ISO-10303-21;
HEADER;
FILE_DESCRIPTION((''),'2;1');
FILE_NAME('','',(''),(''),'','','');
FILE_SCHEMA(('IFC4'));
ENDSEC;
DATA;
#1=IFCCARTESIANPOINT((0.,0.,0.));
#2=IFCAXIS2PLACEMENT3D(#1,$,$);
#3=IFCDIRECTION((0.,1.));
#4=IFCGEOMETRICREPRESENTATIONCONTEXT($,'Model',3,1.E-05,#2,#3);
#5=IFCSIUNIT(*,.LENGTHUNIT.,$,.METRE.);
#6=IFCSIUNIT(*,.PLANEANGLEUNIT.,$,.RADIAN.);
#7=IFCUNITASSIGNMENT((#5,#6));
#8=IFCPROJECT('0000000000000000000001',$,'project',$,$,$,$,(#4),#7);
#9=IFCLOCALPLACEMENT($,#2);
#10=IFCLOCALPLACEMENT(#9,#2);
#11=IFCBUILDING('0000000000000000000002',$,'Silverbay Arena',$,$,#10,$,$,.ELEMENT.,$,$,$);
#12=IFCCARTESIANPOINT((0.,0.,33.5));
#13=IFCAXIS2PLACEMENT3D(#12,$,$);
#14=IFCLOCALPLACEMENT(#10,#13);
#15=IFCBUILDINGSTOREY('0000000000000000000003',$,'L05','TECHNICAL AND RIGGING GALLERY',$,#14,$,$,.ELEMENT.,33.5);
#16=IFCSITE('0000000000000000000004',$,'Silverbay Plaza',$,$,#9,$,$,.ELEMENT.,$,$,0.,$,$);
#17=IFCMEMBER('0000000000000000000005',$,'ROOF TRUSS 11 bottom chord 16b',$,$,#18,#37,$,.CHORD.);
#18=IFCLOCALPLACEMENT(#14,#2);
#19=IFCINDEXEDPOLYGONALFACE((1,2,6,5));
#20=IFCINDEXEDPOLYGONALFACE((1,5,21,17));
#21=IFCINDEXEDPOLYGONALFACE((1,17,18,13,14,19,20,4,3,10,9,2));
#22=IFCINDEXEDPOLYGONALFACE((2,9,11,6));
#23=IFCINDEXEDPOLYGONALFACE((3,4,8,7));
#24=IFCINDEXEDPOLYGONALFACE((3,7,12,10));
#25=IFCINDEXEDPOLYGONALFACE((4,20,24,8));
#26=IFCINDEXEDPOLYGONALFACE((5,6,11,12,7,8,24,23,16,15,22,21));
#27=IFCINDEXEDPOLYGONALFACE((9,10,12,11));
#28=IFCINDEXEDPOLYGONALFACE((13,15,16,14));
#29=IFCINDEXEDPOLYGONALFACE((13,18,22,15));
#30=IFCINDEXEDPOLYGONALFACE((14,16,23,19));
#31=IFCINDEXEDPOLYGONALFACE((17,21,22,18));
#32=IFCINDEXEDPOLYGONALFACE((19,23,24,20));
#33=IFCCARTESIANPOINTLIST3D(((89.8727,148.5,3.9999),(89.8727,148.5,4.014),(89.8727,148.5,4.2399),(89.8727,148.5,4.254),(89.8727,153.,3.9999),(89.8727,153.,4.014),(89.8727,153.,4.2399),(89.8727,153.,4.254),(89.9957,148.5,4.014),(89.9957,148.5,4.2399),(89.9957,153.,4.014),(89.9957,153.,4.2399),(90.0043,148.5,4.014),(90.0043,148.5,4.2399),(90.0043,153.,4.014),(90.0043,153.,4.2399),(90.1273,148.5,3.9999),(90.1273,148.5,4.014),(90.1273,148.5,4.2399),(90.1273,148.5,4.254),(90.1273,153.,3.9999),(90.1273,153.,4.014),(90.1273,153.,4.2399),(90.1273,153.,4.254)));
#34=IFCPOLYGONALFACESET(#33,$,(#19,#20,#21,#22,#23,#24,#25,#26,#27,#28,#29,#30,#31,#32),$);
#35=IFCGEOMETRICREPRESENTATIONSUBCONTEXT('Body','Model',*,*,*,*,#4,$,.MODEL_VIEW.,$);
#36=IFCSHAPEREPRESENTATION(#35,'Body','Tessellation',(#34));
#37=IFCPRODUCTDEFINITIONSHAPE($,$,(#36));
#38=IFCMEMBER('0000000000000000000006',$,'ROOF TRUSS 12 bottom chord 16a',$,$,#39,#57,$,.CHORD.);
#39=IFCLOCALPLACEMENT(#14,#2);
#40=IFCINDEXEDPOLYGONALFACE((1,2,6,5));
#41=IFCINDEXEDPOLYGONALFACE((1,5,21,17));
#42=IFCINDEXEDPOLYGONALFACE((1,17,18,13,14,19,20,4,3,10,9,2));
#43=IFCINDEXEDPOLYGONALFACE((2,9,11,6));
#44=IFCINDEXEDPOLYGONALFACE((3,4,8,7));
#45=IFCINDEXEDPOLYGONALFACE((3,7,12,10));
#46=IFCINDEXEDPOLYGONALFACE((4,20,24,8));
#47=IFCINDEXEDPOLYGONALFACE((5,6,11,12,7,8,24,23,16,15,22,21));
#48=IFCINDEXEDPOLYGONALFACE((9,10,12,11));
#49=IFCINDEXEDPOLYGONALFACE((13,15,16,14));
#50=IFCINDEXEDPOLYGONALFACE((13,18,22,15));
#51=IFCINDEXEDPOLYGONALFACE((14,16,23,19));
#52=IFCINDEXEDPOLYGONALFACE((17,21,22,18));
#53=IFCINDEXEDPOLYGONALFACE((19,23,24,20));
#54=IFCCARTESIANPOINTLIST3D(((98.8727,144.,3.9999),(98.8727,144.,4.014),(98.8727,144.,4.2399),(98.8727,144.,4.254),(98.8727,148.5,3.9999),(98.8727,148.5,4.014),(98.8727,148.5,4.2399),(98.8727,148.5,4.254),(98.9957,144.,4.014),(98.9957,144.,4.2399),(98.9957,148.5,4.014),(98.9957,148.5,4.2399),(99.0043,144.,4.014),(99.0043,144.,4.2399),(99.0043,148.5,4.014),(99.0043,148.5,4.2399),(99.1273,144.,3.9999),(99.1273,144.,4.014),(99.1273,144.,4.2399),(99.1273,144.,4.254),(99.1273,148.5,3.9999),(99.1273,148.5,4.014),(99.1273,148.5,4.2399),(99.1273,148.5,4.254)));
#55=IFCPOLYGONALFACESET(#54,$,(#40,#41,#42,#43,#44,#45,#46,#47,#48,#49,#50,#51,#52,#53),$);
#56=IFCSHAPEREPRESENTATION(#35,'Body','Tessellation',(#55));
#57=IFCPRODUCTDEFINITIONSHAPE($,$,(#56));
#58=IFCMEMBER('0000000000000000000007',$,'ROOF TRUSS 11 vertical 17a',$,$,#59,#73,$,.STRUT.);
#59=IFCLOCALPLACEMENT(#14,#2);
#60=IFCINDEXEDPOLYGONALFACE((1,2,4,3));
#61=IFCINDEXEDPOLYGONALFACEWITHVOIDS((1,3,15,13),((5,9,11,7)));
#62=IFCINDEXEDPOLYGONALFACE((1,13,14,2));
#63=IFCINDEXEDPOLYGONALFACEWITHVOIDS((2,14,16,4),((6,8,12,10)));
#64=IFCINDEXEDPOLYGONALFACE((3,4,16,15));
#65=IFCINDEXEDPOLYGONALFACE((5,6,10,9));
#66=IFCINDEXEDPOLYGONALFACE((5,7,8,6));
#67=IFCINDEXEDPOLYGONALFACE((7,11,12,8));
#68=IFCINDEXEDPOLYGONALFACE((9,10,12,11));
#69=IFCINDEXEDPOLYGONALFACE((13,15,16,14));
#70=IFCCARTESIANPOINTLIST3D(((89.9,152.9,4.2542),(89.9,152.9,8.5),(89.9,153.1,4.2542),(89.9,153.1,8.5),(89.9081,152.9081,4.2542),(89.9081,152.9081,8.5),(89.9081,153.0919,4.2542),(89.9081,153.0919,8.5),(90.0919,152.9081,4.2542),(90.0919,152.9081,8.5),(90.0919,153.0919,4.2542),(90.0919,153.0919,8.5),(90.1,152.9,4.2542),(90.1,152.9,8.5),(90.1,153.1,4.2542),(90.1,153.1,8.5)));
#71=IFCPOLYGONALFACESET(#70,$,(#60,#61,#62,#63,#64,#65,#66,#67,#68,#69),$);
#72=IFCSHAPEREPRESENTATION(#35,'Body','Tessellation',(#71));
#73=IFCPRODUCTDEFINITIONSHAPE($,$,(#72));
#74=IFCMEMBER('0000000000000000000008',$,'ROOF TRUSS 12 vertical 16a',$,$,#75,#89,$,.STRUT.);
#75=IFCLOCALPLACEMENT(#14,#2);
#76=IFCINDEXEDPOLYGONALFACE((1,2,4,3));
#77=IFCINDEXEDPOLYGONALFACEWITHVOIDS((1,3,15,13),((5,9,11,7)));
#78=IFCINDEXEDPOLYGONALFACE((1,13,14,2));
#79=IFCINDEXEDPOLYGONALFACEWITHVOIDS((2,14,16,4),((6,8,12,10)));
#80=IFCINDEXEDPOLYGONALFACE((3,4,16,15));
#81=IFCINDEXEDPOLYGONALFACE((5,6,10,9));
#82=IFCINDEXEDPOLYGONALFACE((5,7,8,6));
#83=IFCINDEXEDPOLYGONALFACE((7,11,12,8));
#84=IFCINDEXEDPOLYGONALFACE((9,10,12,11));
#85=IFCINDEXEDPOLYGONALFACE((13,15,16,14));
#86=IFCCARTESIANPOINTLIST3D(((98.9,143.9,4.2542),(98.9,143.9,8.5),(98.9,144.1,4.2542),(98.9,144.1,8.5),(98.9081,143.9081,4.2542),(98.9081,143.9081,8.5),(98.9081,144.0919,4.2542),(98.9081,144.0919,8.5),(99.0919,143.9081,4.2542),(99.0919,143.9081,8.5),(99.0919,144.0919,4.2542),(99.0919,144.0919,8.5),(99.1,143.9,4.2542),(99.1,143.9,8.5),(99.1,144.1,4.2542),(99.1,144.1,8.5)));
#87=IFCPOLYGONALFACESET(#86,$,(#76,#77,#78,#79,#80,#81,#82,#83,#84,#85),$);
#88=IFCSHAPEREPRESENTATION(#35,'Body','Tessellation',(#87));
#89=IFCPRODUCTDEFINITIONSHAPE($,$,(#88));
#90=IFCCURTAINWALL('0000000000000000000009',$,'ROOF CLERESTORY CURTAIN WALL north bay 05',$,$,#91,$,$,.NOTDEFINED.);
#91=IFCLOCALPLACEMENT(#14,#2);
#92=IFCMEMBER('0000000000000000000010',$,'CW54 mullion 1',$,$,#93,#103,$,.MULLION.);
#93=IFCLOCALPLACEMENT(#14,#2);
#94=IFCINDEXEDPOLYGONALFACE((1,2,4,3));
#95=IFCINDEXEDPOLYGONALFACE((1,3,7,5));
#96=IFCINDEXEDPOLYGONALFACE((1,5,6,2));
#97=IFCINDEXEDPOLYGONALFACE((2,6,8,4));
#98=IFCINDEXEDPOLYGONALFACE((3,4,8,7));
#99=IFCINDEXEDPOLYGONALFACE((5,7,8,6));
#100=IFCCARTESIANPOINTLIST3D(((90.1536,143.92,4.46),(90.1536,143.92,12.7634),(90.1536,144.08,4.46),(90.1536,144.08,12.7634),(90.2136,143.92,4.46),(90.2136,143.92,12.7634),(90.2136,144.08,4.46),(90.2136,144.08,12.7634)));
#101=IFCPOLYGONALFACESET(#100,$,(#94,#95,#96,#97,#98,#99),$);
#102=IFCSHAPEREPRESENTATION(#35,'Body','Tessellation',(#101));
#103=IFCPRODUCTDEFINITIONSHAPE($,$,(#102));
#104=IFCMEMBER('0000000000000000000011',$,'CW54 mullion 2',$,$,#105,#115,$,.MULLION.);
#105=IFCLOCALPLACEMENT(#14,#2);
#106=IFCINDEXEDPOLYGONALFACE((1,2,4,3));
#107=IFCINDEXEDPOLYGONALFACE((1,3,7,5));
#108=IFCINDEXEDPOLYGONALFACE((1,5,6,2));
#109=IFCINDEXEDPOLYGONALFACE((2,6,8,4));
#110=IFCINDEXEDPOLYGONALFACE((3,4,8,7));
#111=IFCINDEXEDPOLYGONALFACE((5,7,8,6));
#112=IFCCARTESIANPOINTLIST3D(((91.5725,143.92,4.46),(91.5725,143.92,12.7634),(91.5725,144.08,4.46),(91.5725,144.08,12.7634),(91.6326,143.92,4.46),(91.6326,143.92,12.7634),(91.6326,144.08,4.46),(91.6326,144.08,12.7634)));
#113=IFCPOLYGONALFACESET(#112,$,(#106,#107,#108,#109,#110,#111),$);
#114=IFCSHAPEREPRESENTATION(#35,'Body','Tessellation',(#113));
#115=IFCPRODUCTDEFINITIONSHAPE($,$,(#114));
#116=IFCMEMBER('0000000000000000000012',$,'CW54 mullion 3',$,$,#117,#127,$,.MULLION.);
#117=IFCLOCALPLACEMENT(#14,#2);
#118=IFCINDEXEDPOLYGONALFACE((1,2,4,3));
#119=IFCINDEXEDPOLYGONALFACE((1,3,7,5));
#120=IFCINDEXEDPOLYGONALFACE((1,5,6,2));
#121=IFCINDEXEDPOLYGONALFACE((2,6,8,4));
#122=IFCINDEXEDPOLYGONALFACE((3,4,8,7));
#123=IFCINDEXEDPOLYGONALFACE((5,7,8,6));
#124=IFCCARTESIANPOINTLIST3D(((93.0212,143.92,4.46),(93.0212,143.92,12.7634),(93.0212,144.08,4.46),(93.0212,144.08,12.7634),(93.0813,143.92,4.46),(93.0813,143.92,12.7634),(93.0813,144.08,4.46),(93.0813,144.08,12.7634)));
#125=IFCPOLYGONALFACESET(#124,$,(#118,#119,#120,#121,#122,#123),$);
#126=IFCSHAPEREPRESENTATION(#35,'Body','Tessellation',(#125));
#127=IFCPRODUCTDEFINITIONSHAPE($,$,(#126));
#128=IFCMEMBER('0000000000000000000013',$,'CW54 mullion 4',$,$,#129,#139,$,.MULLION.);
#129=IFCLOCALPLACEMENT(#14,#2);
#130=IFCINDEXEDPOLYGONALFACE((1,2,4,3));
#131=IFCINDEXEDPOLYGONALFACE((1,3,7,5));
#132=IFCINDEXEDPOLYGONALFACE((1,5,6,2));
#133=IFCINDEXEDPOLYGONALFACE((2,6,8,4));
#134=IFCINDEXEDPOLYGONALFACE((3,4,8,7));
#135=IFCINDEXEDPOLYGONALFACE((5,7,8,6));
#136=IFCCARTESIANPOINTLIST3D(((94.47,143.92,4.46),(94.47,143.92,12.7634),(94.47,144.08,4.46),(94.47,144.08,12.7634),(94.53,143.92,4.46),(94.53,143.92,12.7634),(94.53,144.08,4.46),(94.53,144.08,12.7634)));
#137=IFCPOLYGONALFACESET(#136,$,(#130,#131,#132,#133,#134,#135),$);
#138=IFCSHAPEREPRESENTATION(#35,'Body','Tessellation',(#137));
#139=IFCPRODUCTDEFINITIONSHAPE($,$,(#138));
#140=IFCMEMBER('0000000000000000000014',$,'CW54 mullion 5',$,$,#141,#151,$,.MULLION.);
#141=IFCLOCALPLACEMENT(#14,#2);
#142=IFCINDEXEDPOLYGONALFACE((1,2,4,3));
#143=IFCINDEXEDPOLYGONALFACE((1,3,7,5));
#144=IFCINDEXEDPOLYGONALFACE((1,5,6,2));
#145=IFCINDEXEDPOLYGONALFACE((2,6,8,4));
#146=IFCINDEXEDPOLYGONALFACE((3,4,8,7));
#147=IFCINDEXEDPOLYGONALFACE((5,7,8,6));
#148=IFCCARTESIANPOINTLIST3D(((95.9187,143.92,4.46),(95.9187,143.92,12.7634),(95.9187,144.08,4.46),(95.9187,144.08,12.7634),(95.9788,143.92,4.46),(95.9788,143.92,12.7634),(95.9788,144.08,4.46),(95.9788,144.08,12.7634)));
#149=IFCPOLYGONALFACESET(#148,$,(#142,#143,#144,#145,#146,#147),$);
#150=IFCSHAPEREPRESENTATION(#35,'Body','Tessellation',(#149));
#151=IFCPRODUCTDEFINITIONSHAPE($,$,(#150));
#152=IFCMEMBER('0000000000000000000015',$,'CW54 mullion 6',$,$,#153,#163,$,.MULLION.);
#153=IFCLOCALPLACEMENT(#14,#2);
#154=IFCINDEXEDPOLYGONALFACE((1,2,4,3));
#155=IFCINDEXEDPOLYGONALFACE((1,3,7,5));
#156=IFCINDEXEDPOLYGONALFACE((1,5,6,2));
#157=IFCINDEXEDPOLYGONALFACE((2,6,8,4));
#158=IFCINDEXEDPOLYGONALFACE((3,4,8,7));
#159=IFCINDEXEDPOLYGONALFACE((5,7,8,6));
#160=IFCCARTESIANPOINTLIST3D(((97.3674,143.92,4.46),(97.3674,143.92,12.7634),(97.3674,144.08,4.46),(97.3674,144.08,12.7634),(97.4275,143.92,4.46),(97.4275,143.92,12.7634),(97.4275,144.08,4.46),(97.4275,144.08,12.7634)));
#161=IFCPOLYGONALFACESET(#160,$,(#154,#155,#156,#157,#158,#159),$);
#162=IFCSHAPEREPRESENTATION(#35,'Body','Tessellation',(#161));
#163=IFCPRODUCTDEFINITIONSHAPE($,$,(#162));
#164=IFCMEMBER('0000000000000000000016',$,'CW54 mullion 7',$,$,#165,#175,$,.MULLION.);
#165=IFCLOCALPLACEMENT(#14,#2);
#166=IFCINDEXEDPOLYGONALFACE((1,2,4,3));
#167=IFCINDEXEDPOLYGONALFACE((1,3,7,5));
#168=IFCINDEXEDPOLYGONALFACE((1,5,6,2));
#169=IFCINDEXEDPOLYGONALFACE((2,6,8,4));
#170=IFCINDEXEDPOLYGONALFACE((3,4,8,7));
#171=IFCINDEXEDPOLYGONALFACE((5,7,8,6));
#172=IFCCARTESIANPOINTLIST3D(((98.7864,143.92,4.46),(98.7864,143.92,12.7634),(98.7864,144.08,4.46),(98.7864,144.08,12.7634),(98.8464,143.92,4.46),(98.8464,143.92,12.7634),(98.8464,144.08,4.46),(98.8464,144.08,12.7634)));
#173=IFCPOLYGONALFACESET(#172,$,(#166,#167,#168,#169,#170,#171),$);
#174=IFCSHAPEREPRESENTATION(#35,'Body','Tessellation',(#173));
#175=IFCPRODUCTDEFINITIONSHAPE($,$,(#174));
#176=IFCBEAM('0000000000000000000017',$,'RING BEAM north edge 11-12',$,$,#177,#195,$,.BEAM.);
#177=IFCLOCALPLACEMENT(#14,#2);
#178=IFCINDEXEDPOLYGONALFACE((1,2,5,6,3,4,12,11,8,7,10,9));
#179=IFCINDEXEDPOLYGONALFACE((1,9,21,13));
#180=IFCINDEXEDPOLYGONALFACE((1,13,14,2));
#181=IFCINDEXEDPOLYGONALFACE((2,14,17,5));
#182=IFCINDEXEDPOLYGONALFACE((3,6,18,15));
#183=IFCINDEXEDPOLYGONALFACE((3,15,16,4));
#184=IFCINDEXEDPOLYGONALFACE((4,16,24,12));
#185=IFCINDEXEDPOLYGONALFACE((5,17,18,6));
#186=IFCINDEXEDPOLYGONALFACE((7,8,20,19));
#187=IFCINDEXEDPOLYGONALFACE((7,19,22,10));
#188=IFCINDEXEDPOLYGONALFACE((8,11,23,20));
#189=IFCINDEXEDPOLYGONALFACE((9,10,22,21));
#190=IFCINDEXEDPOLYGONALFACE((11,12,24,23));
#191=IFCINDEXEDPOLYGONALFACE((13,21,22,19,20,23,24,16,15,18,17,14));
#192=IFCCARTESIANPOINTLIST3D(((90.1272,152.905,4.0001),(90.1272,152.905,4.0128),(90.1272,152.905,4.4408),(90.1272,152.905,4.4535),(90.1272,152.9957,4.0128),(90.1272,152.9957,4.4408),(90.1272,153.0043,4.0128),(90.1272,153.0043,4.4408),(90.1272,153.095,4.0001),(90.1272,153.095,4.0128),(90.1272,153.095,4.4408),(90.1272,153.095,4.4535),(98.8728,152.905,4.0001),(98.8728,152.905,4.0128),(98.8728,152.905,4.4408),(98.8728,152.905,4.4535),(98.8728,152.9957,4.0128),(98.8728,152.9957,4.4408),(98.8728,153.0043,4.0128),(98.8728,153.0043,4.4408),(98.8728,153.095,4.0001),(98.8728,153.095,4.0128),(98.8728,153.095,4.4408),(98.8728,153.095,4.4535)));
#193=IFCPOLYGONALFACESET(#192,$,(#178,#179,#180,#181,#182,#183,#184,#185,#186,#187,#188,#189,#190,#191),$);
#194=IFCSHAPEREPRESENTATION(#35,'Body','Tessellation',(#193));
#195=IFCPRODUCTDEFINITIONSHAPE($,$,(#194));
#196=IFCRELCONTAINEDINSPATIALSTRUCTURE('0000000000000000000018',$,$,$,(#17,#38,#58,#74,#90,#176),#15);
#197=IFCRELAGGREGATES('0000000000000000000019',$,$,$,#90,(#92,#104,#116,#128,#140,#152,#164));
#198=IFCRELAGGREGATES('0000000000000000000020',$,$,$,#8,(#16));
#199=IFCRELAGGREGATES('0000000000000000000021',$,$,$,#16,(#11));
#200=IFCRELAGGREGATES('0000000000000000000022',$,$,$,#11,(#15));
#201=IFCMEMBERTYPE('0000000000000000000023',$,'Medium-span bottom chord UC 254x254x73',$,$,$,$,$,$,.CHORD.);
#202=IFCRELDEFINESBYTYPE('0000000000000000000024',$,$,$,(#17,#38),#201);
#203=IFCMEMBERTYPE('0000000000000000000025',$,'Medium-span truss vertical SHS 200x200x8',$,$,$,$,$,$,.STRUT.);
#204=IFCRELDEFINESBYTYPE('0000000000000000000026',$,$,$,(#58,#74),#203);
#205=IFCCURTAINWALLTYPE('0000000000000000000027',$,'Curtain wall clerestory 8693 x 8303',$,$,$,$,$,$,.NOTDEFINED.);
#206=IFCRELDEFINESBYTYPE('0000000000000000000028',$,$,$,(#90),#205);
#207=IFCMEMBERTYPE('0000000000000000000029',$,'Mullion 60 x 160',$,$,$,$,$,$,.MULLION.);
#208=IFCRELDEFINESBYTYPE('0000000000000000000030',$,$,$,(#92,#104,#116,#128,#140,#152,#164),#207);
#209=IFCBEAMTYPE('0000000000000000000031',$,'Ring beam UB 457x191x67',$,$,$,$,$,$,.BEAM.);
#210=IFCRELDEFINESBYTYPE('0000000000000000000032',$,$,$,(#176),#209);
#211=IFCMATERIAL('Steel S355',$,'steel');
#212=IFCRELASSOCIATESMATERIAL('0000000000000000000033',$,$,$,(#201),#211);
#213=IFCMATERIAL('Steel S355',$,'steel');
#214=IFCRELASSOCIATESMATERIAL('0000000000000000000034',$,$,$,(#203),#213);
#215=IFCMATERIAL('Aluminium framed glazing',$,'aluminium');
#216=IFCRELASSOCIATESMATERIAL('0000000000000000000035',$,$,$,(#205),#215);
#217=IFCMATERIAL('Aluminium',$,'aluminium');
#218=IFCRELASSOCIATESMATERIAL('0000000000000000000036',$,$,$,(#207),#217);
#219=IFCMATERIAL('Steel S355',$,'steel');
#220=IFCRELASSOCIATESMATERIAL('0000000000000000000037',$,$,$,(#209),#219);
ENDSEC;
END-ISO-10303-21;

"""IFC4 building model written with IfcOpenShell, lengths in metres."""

from ifc_helpers import new_model, si_unit, direction, frame, origin, origin_2d, place, context, subcontext, project, spatial, rectangle, hollow_rectangle, i_section, extrude, material, material_profile, profile_set, type_object, element, aggregate, save


model = new_model("IFC4")

# Units and contexts
model_context = context("Model", 3, precision=1e-05, world=origin(), true_north=direction((0.0, 1.0)))
body_context = subcontext(model_context, "Body", "Model", "MODEL_VIEW")
ifc_project = project(units=[si_unit("LENGTHUNIT", "METRE"), si_unit("PLANEANGLEUNIT", "RADIAN")], contexts=[model_context])

# Site, building, storey
site_placement = place(None, origin())
site = spatial("IfcSite", under=ifc_project, at=site_placement, Name="Silverbay Plaza", CompositionType="ELEMENT", RefElevation=0.0)
building_placement = place(site_placement, origin())
building = spatial("IfcBuilding", under=site, at=building_placement, Name="Silverbay Arena", CompositionType="ELEMENT")
storey_placement = place(building_placement, frame((0.0, 0.0, 33.5)))
storey = spatial("IfcBuildingStorey", under=building, at=storey_placement, Name="L05", Description="TECHNICAL AND RIGGING GALLERY", CompositionType="ELEMENT", Elevation=33.5)

# Members
ifc_material_1 = material(Name="Steel S355", Category="steel")
ifc_material_profile_1 = material_profile(ifc_material_1, i_section(OverallWidth=0.2546, OverallDepth=0.2542, WebThickness=0.0085, FlangeThickness=0.0142, at=origin_2d()), Name="UC 254x254x73")
ifc_profile_set_1 = profile_set([ifc_material_profile_1], Name="Steel S355")
member_type_1 = type_object("IfcMemberType", Name="Medium-span bottom chord UC 254x254x73", PredefinedType="CHORD", material=ifc_profile_set_1)
for number, where, z_axis, x_axis, name in (
    (1, (90.0, 148.5, 4.127), (0.0, 1.0, 0.0), (-1.0, 0.0, 0.0), "ROOF TRUSS 11 bottom chord 16b"),
    (2, (99.0, 144.0, 4.127), (0.0, 1.0, 0.0), (-1.0, 0.0, 0.0), "ROOF TRUSS 12 bottom chord 16a"),
):
    element("IfcMember", number, at=place(storey_placement, frame(where, z_axis=z_axis, x_axis=x_axis)), inside=storey, type_object=member_type_1, Name=name, PredefinedType="CHORD", context=body_context, shape_type="SweptSolid", body=[
        extrude(i_section(OverallWidth=0.2546, OverallDepth=0.2542, WebThickness=0.0085, FlangeThickness=0.0142, at=origin_2d()), origin(), (0.0, 0.0, 1.0), 4.5),
    ])
ifc_material_2 = material(Name="Steel S355", Category="steel")
ifc_material_profile_2 = material_profile(ifc_material_2, hollow_rectangle(XDim=0.2, YDim=0.2, WallThickness=0.0081, at=origin_2d()), Name="SHS 200x200x8")
ifc_profile_set_2 = profile_set([ifc_material_profile_2], Name="Steel S355")
member_type_2 = type_object("IfcMemberType", Name="Medium-span truss vertical SHS 200x200x8", PredefinedType="STRUT", material=ifc_profile_set_2)
for number, where, z_axis, x_axis, name in (
    (3, (90.0, 153.0, 4.2542), (0.0, 0.0, 1.0), (1.0, 0.0, 0.0), "ROOF TRUSS 11 vertical 17a"),
    (4, (99.0, 144.0, 4.2542), (0.0, 0.0, 1.0), (1.0, 0.0, 0.0), "ROOF TRUSS 12 vertical 16a"),
):
    element("IfcMember", number, at=place(storey_placement, frame(where, z_axis=z_axis, x_axis=x_axis)), inside=storey, type_object=member_type_2, Name=name, PredefinedType="STRUT", context=body_context, shape_type="SweptSolid", body=[
        extrude(hollow_rectangle(XDim=0.2, YDim=0.2, WallThickness=0.0081, at=origin_2d()), origin(), (0.0, 0.0, 1.0), 4.2458),
    ])

# Curtain wall, members
ifc_material_3 = material(Name="Aluminium framed glazing", Category="aluminium")
curtain_wall_type = type_object("IfcCurtainWallType", Name="Curtain wall clerestory 8693 x 8303", PredefinedType="NOTDEFINED", material=ifc_material_3)
curtain_wall_placement = place(storey_placement, origin())
curtain_wall = element("IfcCurtainWall", 5, at=curtain_wall_placement, inside=storey, type_object=curtain_wall_type, Name="ROOF CLERESTORY CURTAIN WALL north bay 05", PredefinedType="NOTDEFINED")
ifc_material_4 = material(Name="Aluminium", Category="aluminium")
ifc_material_profile_3 = material_profile(ifc_material_4, rectangle(XDim=0.1599, YDim=0.0601, at=origin_2d()), Name="Mullion 60 x 160")
ifc_profile_set_3 = profile_set([ifc_material_profile_3], Name="Aluminium")
member_type_3 = type_object("IfcMemberType", Name="Mullion 60 x 160", PredefinedType="MULLION", material=ifc_profile_set_3)
member_1_placement = place(storey_placement, frame((90.1836, 144.0, 4.46), z_axis=(0.0, 0.0, 1.0), x_axis=(0.0, 1.0, 0.0)))
member_1 = element("IfcMember", 6, at=member_1_placement, type_object=member_type_3, Name="CW54 mullion 1", PredefinedType="MULLION", context=body_context, shape_type="SweptSolid", body=[
    extrude(rectangle(XDim=0.1599, YDim=0.0601, at=origin_2d()), origin(), (0.0, 0.0, 1.0), 8.3035),
])
member_2_placement = place(storey_placement, frame((91.6025, 144.0, 4.46), z_axis=(0.0, 0.0, 1.0), x_axis=(0.0, 1.0, 0.0)))
member_2 = element("IfcMember", 7, at=member_2_placement, type_object=member_type_3, Name="CW54 mullion 2", PredefinedType="MULLION", context=body_context, shape_type="SweptSolid", body=[
    extrude(rectangle(XDim=0.1599, YDim=0.0601, at=origin_2d()), origin(), (0.0, 0.0, 1.0), 8.3035),
])
member_3_placement = place(storey_placement, frame((93.0513, 144.0, 4.46), z_axis=(0.0, 0.0, 1.0), x_axis=(0.0, 1.0, 0.0)))
member_3 = element("IfcMember", 8, at=member_3_placement, type_object=member_type_3, Name="CW54 mullion 3", PredefinedType="MULLION", context=body_context, shape_type="SweptSolid", body=[
    extrude(rectangle(XDim=0.1599, YDim=0.0601, at=origin_2d()), origin(), (0.0, 0.0, 1.0), 8.3035),
])
member_4_placement = place(storey_placement, frame((94.5, 144.0, 4.46), z_axis=(0.0, 0.0, 1.0), x_axis=(0.0, 1.0, 0.0)))
member_4 = element("IfcMember", 9, at=member_4_placement, type_object=member_type_3, Name="CW54 mullion 4", PredefinedType="MULLION", context=body_context, shape_type="SweptSolid", body=[
    extrude(rectangle(XDim=0.1599, YDim=0.0601, at=origin_2d()), origin(), (0.0, 0.0, 1.0), 8.3035),
])
member_5_placement = place(storey_placement, frame((95.9487, 144.0, 4.46), z_axis=(0.0, 0.0, 1.0), x_axis=(0.0, 1.0, 0.0)))
member_5 = element("IfcMember", 10, at=member_5_placement, type_object=member_type_3, Name="CW54 mullion 5", PredefinedType="MULLION", context=body_context, shape_type="SweptSolid", body=[
    extrude(rectangle(XDim=0.1599, YDim=0.0601, at=origin_2d()), origin(), (0.0, 0.0, 1.0), 8.3035),
])
member_6_placement = place(storey_placement, frame((97.3975, 144.0, 4.46), z_axis=(0.0, 0.0, 1.0), x_axis=(0.0, 1.0, 0.0)))
member_6 = element("IfcMember", 11, at=member_6_placement, type_object=member_type_3, Name="CW54 mullion 6", PredefinedType="MULLION", context=body_context, shape_type="SweptSolid", body=[
    extrude(rectangle(XDim=0.1599, YDim=0.0601, at=origin_2d()), origin(), (0.0, 0.0, 1.0), 8.3035),
])
member_7_placement = place(storey_placement, frame((98.8164, 144.0, 4.46), z_axis=(0.0, 0.0, 1.0), x_axis=(0.0, 1.0, 0.0)))
member_7 = element("IfcMember", 12, at=member_7_placement, type_object=member_type_3, Name="CW54 mullion 7", PredefinedType="MULLION", context=body_context, shape_type="SweptSolid", body=[
    extrude(rectangle(XDim=0.1599, YDim=0.0601, at=origin_2d()), origin(), (0.0, 0.0, 1.0), 8.3035),
])

# Beam
ifc_material_5 = material(Name="Steel S355", Category="steel")
ifc_material_profile_4 = material_profile(ifc_material_5, i_section(OverallWidth=0.1899, OverallDepth=0.4534, WebThickness=0.0085, FlangeThickness=0.0127, at=origin_2d()), Name="UB 457x191x67")
ifc_profile_set_4 = profile_set([ifc_material_profile_4], Name="Steel S355")
beam_type_1 = type_object("IfcBeamType", Name="Ring beam UB 457x191x67", PredefinedType="BEAM", material=ifc_profile_set_4)
beam_1_placement = place(storey_placement, frame((90.1272, 153.0, 4.2268), z_axis=(1.0, 0.0, 0.0), x_axis=(0.0, 1.0, 0.0)))
element("IfcBeam", 13, at=beam_1_placement, inside=storey, type_object=beam_type_1, Name="RING BEAM north edge 11-12", PredefinedType="BEAM", context=body_context, shape_type="SweptSolid", body=[
    extrude(i_section(OverallWidth=0.1899, OverallDepth=0.4534, WebThickness=0.0085, FlangeThickness=0.0127, at=origin_2d()), origin(), (0.0, 0.0, 1.0), 8.7456),
])

aggregate(curtain_wall, [member_1, member_2, member_3, member_4, member_5, member_6, member_7])

save(model, "model.ifc")
